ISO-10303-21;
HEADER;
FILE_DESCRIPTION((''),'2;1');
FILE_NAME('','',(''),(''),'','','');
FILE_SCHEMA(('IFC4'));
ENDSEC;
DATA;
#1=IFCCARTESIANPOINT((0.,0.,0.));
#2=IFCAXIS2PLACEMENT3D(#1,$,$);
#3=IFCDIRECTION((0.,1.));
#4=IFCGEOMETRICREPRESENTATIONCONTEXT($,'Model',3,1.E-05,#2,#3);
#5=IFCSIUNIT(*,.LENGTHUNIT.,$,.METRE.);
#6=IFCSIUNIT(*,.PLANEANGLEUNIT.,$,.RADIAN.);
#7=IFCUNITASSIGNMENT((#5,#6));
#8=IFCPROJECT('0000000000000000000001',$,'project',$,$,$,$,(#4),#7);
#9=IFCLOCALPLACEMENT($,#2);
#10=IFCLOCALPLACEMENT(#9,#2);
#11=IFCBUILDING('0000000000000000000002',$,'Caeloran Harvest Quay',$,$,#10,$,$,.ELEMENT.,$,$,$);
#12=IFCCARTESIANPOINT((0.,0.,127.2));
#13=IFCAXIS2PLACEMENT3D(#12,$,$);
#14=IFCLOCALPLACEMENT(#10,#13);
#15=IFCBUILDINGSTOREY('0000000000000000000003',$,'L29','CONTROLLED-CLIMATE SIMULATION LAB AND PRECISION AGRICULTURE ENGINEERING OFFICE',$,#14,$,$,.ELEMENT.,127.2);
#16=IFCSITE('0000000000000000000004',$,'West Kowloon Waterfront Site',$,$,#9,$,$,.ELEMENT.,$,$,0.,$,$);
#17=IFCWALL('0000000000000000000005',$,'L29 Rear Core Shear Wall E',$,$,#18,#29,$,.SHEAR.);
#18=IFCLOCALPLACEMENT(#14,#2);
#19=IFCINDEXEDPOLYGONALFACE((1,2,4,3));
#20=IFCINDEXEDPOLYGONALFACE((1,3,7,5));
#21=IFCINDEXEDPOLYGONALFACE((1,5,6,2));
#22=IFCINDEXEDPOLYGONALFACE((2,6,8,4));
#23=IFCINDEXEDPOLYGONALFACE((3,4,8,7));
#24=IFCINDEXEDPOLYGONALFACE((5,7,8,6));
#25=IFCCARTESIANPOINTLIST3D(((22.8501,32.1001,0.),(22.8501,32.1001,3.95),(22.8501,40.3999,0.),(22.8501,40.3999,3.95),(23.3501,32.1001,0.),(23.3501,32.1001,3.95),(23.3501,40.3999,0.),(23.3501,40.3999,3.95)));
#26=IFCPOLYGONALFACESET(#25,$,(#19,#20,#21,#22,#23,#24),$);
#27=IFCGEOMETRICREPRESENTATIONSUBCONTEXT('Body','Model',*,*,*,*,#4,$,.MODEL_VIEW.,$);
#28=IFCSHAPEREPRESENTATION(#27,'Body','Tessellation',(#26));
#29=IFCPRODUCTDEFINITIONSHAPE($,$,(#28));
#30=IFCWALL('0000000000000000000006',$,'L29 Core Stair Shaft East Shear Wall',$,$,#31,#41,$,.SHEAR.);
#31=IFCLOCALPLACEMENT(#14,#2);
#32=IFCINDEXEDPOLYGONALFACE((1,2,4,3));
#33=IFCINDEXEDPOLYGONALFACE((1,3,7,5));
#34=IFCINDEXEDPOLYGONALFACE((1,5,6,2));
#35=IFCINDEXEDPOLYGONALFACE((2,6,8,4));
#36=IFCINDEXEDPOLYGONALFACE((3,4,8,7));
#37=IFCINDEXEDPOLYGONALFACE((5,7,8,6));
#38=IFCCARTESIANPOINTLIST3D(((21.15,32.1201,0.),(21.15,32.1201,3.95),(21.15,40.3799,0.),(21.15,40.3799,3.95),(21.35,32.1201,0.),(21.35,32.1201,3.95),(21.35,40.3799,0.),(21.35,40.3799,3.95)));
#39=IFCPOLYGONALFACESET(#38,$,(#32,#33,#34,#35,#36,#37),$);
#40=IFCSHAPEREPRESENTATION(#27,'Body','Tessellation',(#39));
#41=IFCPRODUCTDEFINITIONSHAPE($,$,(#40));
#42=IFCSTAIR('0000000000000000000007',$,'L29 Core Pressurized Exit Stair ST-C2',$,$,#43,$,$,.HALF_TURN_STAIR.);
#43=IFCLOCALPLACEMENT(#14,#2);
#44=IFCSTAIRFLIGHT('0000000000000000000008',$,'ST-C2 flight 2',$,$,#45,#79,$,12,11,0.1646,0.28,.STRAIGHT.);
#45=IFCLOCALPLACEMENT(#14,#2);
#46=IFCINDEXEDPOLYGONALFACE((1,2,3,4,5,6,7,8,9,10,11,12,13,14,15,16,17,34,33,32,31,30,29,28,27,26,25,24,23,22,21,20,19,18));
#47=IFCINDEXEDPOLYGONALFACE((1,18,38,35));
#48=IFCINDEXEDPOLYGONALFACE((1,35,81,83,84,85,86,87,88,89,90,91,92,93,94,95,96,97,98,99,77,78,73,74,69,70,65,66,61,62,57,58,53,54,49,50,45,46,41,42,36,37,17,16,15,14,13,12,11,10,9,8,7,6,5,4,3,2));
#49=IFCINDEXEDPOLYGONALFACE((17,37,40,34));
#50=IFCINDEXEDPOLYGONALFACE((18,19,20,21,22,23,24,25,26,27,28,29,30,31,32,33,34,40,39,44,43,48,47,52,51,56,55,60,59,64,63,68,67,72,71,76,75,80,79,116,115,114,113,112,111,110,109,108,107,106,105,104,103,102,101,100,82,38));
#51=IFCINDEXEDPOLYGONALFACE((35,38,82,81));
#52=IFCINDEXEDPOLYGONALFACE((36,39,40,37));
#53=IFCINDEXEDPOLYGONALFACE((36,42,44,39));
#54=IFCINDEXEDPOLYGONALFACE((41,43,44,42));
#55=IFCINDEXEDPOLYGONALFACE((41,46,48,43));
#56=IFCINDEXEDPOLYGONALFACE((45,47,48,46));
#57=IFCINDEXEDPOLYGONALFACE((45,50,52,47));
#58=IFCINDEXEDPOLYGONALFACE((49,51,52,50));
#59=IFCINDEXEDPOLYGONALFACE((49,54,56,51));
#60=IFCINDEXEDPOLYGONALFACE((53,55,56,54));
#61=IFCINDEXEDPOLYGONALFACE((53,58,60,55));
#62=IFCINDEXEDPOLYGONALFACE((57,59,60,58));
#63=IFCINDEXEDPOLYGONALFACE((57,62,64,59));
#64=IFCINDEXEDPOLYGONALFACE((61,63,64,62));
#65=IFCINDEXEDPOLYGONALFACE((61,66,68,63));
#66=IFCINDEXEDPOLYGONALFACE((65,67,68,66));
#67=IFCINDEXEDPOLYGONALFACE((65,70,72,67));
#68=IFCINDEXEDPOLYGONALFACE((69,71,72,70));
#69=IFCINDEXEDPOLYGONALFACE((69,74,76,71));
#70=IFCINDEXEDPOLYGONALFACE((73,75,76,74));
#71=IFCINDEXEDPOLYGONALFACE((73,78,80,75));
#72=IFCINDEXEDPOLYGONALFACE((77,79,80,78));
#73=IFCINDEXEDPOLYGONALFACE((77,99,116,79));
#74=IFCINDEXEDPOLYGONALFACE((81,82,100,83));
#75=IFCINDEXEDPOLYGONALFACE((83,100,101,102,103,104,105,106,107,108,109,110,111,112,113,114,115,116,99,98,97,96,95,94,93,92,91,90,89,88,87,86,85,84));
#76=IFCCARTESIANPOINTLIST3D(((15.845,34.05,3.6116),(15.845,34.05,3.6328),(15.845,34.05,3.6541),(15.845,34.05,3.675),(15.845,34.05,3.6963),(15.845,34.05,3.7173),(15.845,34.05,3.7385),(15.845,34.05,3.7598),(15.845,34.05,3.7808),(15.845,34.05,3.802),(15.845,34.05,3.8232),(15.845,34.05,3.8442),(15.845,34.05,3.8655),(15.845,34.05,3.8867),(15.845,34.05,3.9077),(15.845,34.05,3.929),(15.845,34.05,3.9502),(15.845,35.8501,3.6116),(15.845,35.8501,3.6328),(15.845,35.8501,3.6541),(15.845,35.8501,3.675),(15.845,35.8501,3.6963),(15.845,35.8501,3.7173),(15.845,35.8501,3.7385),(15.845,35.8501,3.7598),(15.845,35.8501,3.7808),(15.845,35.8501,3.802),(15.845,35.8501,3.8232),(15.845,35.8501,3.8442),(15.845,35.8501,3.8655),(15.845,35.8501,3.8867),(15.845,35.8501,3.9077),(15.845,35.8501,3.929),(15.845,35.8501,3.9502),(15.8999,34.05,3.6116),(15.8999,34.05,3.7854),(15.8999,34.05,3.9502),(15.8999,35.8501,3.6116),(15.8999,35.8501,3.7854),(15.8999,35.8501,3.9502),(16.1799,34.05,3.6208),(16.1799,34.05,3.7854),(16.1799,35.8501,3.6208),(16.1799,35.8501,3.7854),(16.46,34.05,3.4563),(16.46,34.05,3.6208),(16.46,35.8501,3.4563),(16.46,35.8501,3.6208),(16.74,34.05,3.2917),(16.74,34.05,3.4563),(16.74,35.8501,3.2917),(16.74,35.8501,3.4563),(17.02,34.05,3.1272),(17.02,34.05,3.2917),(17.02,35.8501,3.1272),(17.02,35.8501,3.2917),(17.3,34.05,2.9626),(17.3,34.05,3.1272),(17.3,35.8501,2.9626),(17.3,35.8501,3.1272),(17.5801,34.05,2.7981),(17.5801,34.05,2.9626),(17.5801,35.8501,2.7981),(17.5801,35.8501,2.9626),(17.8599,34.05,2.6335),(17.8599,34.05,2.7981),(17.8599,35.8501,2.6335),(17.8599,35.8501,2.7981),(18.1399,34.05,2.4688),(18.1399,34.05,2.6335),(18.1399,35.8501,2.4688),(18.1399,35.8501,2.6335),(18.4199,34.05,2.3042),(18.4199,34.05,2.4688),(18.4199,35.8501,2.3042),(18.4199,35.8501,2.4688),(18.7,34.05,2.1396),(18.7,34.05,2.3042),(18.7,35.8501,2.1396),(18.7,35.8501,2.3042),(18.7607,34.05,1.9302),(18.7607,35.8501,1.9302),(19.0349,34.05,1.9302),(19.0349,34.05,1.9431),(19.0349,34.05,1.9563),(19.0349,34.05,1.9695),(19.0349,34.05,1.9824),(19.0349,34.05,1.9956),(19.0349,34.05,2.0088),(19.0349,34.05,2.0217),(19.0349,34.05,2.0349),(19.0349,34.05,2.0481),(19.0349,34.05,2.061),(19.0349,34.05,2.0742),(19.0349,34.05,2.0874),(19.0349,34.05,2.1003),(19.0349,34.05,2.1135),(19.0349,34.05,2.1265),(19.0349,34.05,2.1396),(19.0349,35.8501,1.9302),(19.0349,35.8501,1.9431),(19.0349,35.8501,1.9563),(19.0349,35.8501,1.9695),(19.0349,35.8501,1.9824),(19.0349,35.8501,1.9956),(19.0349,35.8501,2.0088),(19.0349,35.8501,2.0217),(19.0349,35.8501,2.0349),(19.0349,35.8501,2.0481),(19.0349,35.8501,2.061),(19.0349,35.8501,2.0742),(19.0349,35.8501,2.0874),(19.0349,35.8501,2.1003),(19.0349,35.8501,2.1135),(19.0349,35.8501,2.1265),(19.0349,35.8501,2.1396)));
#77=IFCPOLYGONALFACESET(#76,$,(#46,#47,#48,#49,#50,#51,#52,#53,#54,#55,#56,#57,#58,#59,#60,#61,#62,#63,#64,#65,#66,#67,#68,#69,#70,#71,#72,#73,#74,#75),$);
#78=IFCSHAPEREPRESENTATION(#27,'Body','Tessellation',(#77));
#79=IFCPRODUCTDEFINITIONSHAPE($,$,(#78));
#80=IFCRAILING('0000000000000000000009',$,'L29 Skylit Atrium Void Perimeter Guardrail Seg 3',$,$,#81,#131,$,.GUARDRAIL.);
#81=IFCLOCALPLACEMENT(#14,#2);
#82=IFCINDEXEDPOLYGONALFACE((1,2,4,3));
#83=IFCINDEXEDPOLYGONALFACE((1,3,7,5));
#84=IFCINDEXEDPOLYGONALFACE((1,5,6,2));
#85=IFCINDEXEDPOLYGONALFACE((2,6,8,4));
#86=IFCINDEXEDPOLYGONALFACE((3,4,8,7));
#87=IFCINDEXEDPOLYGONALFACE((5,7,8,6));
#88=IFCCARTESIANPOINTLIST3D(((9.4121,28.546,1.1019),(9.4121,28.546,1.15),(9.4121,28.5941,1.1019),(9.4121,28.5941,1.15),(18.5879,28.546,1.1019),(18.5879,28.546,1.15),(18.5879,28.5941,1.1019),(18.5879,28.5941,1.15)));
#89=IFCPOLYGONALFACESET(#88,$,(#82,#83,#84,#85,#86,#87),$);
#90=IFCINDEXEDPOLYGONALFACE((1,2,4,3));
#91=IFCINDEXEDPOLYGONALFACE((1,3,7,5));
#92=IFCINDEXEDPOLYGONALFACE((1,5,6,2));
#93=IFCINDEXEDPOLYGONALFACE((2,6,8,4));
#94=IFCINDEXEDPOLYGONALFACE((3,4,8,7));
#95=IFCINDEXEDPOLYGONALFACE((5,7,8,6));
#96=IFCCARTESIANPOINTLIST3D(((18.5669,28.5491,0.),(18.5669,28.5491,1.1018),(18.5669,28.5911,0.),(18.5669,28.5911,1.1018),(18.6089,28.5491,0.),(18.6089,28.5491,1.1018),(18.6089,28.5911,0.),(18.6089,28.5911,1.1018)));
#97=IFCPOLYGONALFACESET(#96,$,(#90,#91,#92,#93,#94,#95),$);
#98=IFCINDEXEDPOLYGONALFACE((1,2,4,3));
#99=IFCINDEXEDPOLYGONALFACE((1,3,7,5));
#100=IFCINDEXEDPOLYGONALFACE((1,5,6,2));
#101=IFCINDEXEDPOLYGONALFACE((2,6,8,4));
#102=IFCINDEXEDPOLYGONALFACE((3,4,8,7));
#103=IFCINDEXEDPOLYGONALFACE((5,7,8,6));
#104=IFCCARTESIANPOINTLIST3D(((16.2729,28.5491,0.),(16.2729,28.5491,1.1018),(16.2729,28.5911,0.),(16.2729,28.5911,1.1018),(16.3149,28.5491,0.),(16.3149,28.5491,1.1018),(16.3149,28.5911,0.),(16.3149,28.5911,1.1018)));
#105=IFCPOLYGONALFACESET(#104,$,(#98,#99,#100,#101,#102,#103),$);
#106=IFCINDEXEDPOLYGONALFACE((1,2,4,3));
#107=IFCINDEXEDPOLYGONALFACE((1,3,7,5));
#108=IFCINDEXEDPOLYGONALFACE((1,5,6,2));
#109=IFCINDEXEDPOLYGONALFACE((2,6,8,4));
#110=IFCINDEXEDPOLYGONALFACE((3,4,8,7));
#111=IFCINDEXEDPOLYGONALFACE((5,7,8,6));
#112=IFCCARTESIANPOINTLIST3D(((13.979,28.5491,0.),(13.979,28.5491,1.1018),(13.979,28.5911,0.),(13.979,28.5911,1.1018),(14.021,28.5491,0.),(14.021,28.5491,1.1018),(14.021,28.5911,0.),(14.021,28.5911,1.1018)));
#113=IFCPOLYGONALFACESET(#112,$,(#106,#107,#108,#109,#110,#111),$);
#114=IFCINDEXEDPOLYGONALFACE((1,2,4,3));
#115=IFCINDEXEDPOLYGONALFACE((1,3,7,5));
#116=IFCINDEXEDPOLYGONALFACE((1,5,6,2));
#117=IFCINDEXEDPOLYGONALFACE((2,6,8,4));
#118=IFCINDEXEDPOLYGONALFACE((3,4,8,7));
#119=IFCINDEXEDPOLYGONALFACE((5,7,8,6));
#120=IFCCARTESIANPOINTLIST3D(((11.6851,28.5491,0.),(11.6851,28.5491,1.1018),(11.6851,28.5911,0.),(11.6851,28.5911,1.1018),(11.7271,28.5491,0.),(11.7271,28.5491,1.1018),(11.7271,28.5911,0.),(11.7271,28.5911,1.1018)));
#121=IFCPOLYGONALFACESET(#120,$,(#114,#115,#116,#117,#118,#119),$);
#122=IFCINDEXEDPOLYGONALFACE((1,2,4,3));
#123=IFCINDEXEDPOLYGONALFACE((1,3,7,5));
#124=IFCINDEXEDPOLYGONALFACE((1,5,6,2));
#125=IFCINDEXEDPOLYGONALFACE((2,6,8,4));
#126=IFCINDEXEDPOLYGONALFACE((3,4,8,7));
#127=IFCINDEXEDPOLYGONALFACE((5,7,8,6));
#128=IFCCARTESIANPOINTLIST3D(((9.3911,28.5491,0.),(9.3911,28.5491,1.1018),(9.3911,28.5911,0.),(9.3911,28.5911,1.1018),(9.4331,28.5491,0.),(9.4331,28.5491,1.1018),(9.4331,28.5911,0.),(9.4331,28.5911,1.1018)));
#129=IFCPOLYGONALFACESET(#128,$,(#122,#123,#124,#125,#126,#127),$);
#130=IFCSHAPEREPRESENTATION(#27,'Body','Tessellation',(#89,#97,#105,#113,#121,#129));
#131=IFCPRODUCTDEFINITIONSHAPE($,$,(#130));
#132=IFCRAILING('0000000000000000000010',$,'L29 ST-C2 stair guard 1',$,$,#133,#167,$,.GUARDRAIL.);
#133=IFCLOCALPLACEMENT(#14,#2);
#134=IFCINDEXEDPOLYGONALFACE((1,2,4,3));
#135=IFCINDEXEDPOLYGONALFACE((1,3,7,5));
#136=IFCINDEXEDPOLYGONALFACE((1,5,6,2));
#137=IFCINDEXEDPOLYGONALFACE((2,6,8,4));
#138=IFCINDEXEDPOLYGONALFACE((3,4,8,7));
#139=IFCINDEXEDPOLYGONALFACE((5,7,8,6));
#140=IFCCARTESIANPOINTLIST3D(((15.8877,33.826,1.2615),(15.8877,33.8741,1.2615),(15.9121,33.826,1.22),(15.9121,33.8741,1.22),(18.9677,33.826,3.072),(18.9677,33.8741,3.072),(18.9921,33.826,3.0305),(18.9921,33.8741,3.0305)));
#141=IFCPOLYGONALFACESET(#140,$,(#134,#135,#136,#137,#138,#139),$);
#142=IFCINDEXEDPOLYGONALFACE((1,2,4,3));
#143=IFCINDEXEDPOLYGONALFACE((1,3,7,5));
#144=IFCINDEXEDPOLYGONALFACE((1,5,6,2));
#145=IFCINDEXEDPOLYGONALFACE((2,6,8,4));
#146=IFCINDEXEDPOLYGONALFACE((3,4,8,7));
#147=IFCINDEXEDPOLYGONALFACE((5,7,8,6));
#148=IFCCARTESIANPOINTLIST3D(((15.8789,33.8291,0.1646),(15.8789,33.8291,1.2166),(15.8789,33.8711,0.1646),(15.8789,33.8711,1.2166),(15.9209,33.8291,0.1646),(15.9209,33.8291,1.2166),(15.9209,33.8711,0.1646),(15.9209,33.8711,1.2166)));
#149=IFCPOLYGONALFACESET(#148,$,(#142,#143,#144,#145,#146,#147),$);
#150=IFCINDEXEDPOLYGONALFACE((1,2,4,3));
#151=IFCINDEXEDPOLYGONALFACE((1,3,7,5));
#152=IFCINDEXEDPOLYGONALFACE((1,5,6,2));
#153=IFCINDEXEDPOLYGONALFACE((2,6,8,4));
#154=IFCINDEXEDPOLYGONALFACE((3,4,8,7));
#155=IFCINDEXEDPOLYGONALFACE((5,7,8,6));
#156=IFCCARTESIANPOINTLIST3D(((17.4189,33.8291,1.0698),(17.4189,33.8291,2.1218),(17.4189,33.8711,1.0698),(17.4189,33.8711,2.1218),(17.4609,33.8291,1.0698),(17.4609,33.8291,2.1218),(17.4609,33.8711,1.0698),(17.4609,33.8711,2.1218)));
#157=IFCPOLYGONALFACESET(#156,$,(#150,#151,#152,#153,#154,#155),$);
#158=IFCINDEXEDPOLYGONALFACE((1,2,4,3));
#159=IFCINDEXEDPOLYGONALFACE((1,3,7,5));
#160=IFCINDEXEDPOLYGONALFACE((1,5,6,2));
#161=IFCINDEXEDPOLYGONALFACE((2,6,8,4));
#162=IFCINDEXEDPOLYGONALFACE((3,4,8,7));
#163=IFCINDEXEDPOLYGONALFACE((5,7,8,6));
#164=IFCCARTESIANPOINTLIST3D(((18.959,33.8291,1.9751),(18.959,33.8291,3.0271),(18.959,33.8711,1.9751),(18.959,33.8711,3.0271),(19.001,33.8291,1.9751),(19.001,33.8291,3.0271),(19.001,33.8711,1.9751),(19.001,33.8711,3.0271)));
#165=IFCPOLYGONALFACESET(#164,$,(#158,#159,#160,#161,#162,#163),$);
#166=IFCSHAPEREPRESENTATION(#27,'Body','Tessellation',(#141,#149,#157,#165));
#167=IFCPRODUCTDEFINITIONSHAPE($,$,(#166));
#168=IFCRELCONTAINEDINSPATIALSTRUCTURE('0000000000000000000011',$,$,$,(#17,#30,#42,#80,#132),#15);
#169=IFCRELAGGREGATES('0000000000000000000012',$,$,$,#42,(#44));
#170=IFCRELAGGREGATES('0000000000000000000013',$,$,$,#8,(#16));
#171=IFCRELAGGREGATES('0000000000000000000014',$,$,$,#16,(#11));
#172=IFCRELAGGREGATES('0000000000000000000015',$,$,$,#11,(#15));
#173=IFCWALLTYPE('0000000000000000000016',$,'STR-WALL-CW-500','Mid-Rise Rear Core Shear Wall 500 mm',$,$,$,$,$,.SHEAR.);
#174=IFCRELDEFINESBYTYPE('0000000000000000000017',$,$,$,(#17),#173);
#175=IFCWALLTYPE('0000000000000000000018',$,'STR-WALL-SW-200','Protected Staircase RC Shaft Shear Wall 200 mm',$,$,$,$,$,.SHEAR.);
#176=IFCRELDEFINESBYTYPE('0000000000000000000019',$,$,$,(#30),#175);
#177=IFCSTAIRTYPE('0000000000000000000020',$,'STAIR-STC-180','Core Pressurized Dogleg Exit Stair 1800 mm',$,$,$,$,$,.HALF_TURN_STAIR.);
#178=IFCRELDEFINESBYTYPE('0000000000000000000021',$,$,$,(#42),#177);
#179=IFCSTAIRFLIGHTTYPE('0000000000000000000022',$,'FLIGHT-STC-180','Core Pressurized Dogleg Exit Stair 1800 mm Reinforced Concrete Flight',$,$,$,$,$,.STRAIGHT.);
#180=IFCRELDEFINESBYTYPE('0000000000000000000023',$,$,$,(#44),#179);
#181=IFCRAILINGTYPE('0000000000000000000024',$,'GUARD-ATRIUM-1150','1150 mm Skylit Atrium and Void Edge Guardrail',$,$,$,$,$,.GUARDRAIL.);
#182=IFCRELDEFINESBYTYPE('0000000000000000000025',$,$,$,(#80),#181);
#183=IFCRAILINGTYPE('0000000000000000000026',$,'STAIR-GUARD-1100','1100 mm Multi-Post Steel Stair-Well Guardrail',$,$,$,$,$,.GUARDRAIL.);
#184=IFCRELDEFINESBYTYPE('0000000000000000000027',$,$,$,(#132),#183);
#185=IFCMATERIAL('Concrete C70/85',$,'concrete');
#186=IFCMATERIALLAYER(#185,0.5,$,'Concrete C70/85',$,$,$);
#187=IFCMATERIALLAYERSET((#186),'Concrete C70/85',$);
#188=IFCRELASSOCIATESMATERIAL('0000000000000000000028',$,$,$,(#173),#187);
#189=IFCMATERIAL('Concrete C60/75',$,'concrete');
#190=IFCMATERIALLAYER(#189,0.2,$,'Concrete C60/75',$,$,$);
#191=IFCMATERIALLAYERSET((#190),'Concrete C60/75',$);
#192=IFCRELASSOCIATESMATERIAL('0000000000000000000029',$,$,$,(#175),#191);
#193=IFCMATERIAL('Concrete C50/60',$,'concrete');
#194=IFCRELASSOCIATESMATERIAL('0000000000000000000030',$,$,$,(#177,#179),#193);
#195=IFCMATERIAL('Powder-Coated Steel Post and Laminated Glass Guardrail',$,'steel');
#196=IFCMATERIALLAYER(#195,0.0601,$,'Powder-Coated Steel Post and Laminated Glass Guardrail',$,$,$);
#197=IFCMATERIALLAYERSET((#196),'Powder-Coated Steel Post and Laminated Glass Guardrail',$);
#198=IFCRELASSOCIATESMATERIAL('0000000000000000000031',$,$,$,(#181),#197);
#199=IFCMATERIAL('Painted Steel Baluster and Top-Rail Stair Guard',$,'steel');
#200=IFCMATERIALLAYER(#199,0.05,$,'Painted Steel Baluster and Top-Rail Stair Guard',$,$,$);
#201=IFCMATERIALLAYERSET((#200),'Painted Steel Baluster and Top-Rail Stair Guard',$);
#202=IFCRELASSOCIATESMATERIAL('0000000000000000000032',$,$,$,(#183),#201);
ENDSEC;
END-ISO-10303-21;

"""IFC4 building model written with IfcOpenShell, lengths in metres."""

from ifc_helpers import new_model, si_unit, direction, frame, frame_2d, origin, origin_2d, place, context, subcontext, project, spatial, polyline, rectangle, outline, extrude, material, layer, layer_set, type_object, element, aggregate, save


model = new_model("IFC4")

# Units and contexts
model_context = context("Model", 3, precision=1e-05, world=origin(), true_north=direction((0.0, 1.0)))
body_context = subcontext(model_context, "Body", "Model", "MODEL_VIEW")
ifc_project = project(units=[si_unit("LENGTHUNIT", "METRE"), si_unit("PLANEANGLEUNIT", "RADIAN")], contexts=[model_context])

# Site, building, storey
site_placement = place(None, origin())
site = spatial("IfcSite", under=ifc_project, at=site_placement, Name="West Kowloon Waterfront Site", CompositionType="ELEMENT", RefElevation=0.0)
building_placement = place(site_placement, origin())
building = spatial("IfcBuilding", under=site, at=building_placement, Name="Caeloran Harvest Quay", CompositionType="ELEMENT")
storey_placement = place(building_placement, frame((0.0, 0.0, 127.2)))
storey = spatial("IfcBuildingStorey", under=building, at=storey_placement, Name="L29", Description="CONTROLLED-CLIMATE SIMULATION LAB AND PRECISION AGRICULTURE ENGINEERING OFFICE", CompositionType="ELEMENT", Elevation=127.2)

# Shared definitions
ifc_material_1 = material(Name="Concrete C50/60", Category="concrete")

# Walls
ifc_material_2 = material(Name="Concrete C70/85", Category="concrete")
ifc_layer_1 = layer(ifc_material_2, 0.5, Name="Concrete C70/85")
ifc_layer_set_1 = layer_set([ifc_layer_1], Name="Concrete C70/85")
wall_type_1 = type_object("IfcWallType", Name="STR-WALL-CW-500", Description="Mid-Rise Rear Core Shear Wall 500 mm", PredefinedType="SHEAR", material=ifc_layer_set_1)
wall_1_placement = place(storey_placement, frame((23.1001, 32.1001, 0.0), z_axis=(0.0, 0.0, 1.0), x_axis=(0.0, 1.0, 0.0)))
element("IfcWall", 1, at=wall_1_placement, inside=storey, type_object=wall_type_1, Name="L29 Rear Core Shear Wall E", PredefinedType="SHEAR", context=body_context, shape_type="SweptSolid", body=[
    extrude(rectangle(XDim=8.2998, YDim=0.5, at=frame_2d((4.1499, 0.0))), origin(), (0.0, 0.0, 1.0), 3.95),
])
ifc_material_3 = material(Name="Concrete C60/75", Category="concrete")
ifc_layer_2 = layer(ifc_material_3, 0.2, Name="Concrete C60/75")
ifc_layer_set_2 = layer_set([ifc_layer_2], Name="Concrete C60/75")
wall_type_2 = type_object("IfcWallType", Name="STR-WALL-SW-200", Description="Protected Staircase RC Shaft Shear Wall 200 mm", PredefinedType="SHEAR", material=ifc_layer_set_2)
wall_2_placement = place(storey_placement, frame((21.25, 32.1201, 0.0), z_axis=(0.0, 0.0, 1.0), x_axis=(0.0, 1.0, 0.0)))
element("IfcWall", 2, at=wall_2_placement, inside=storey, type_object=wall_type_2, Name="L29 Core Stair Shaft East Shear Wall", PredefinedType="SHEAR", context=body_context, shape_type="SweptSolid", body=[
    extrude(rectangle(XDim=8.2598, YDim=0.2, at=frame_2d((4.1299, 0.0))), origin(), (0.0, 0.0, 1.0), 3.95),
])

# Stair, stair flight
stair_type = type_object("IfcStairType", Name="STAIR-STC-180", Description="Core Pressurized Dogleg Exit Stair 1800 mm", PredefinedType="HALF_TURN_STAIR", material=ifc_material_1)
stair_placement = place(storey_placement, origin())
stair = element("IfcStair", 3, at=stair_placement, inside=storey, type_object=stair_type, Name="L29 Core Pressurized Exit Stair ST-C2", PredefinedType="HALF_TURN_STAIR")
stair_flight_type = type_object("IfcStairFlightType", Name="FLIGHT-STC-180", Description="Core Pressurized Dogleg Exit Stair 1800 mm Reinforced Concrete Flight", PredefinedType="STRAIGHT", material=ifc_material_1)
stair_flight_placement = place(storey_placement, frame((18.98, 34.95, 1.9751), z_axis=(0.0, 0.0, 1.0), x_axis=(-1.0, 0.0, 0.0)))
stair_flight = element("IfcStairFlight", 4, at=stair_flight_placement, type_object=stair_flight_type, Name="ST-C2 flight 2", NumberOfRisers=12, NumberOfTreads=11, PredefinedType="STRAIGHT", RiserHeight=0.1646, TreadLength=0.28, context=body_context, shape_type="SweptSolid", body=[
    extrude(outline(polyline([(-0.0549, -0.0449), (-0.0549, -0.032), (-0.0549, -0.0188), (-0.0549, -0.0056), (-0.0549, 0.0073), (-0.0549, 0.0205), (-0.0549, 0.0337), (-0.0549, 0.0466), (-0.0549, 0.0598), (-0.0549, 0.073), (-0.0549, 0.0859), (-0.0549, 0.0991), (-0.0549, 0.1123), (-0.0549, 0.1252), (-0.0549, 0.1384), (-0.0549, 0.1514), (-0.0549, 0.1646), (0.28, 0.1646), (0.28, 0.3291), (0.5601, 0.3291), (0.5601, 0.4937), (0.8401, 0.4937), (0.8401, 0.6584), (1.1201, 0.6584), (1.1201, 0.823), (1.3999, 0.823), (1.3999, 0.9875), (1.6799, 0.9875), (1.6799, 1.1521), (1.96, 1.1521), (1.96, 1.3167), (2.24, 1.3167), (2.24, 1.4812), (2.52, 1.4812), (2.52, 1.6458), (2.8, 1.6458), (2.8, 1.8103), (3.0801, 1.8103), (3.0801, 1.9751), (3.135, 1.9751), (3.135, 1.9539), (3.135, 1.9326), (3.135, 1.9116), (3.135, 1.8904), (3.135, 1.8691), (3.135, 1.8481), (3.135, 1.8269), (3.135, 1.8057), (3.135, 1.7847), (3.135, 1.7634), (3.135, 1.7422), (3.135, 1.7212), (3.135, 1.7), (3.135, 1.679), (3.135, 1.6577), (3.135, 1.6365), (3.0801, 1.6365), (0.2192, -0.0449), (-0.0549, -0.0449)])), frame((0.0, 0.8999, 0.0), z_axis=(0.0, -1.0, 0.0), x_axis=(1.0, 0.0, 0.0)), (0.0, 0.0, 1.0), 1.8),
])
aggregate(stair, [stair_flight])

# Railings
ifc_material_4 = material(Name="Powder-Coated Steel Post and Laminated Glass Guardrail", Category="steel")
ifc_layer_3 = layer(ifc_material_4, 0.0601, Name="Powder-Coated Steel Post and Laminated Glass Guardrail")
ifc_layer_set_3 = layer_set([ifc_layer_3], Name="Powder-Coated Steel Post and Laminated Glass Guardrail")
railing_type_1 = type_object("IfcRailingType", Name="GUARD-ATRIUM-1150", Description="1150 mm Skylit Atrium and Void Edge Guardrail", PredefinedType="GUARDRAIL", material=ifc_layer_set_3)
railing_1_placement = place(storey_placement, frame((18.5879, 28.5701, 0.0)))
element("IfcRailing", 5, at=railing_1_placement, inside=storey, type_object=railing_type_1, Name="L29 Skylit Atrium Void Perimeter Guardrail Seg 3", PredefinedType="GUARDRAIL", context=body_context, shape_type="SweptSolid", body=[
    extrude(rectangle(XDim=0.0481, YDim=0.0481, at=origin_2d()), frame((0.0, 0.0, 1.126), z_axis=(-1.0, 0.0, 0.0), x_axis=(0.0, -1.0, 0.0)), (0.0, 0.0, 1.0), 9.1758),
    extrude(rectangle(XDim=0.042, YDim=0.042, at=origin_2d()), origin(), (0.0, 0.0, 1.0), 1.1018),
    extrude(rectangle(XDim=0.042, YDim=0.042, at=origin_2d()), frame((-2.2939, 0.0, 0.0)), (0.0, 0.0, 1.0), 1.1018),
    extrude(rectangle(XDim=0.042, YDim=0.042, at=origin_2d()), frame((-4.5879, 0.0, 0.0)), (0.0, 0.0, 1.0), 1.1018),
    extrude(rectangle(XDim=0.042, YDim=0.042, at=origin_2d()), frame((-6.8818, 0.0, 0.0)), (0.0, 0.0, 1.0), 1.1018),
    extrude(rectangle(XDim=0.042, YDim=0.042, at=origin_2d()), frame((-9.1758, 0.0, 0.0)), (0.0, 0.0, 1.0), 1.1018),
])
ifc_material_5 = material(Name="Painted Steel Baluster and Top-Rail Stair Guard", Category="steel")
ifc_layer_4 = layer(ifc_material_5, 0.05, Name="Painted Steel Baluster and Top-Rail Stair Guard")
ifc_layer_set_4 = layer_set([ifc_layer_4], Name="Painted Steel Baluster and Top-Rail Stair Guard")
railing_type_2 = type_object("IfcRailingType", Name="STAIR-GUARD-1100", Description="1100 mm Multi-Post Steel Stair-Well Guardrail", PredefinedType="GUARDRAIL", material=ifc_layer_set_4)
railing_2_placement = place(storey_placement, frame((15.8999, 33.8501, 0.1646)))
element("IfcRailing", 6, at=railing_2_placement, inside=storey, type_object=railing_type_2, Name="L29 ST-C2 stair guard 1", PredefinedType="GUARDRAIL", context=body_context, shape_type="SweptSolid", body=[
    extrude(rectangle(XDim=0.0481, YDim=0.0481, at=origin_2d()), frame((0.0, 0.0, 1.0762), z_axis=(0.862089, 0.0, 0.506757), x_axis=(0.0, 1.0, 0.0)), (0.0, 0.0, 1.0), 3.5728),
    extrude(rectangle(XDim=0.042, YDim=0.042, at=origin_2d()), origin(), (0.0, 0.0, 1.0), 1.052),
    extrude(rectangle(XDim=0.042, YDim=0.042, at=origin_2d()), frame((1.54, 0.0, 0.9053)), (0.0, 0.0, 1.0), 1.052),
    extrude(rectangle(XDim=0.042, YDim=0.042, at=origin_2d()), frame((3.0801, 0.0, 1.8105)), (0.0, 0.0, 1.0), 1.052),
])

save(model, "model.ifc")
